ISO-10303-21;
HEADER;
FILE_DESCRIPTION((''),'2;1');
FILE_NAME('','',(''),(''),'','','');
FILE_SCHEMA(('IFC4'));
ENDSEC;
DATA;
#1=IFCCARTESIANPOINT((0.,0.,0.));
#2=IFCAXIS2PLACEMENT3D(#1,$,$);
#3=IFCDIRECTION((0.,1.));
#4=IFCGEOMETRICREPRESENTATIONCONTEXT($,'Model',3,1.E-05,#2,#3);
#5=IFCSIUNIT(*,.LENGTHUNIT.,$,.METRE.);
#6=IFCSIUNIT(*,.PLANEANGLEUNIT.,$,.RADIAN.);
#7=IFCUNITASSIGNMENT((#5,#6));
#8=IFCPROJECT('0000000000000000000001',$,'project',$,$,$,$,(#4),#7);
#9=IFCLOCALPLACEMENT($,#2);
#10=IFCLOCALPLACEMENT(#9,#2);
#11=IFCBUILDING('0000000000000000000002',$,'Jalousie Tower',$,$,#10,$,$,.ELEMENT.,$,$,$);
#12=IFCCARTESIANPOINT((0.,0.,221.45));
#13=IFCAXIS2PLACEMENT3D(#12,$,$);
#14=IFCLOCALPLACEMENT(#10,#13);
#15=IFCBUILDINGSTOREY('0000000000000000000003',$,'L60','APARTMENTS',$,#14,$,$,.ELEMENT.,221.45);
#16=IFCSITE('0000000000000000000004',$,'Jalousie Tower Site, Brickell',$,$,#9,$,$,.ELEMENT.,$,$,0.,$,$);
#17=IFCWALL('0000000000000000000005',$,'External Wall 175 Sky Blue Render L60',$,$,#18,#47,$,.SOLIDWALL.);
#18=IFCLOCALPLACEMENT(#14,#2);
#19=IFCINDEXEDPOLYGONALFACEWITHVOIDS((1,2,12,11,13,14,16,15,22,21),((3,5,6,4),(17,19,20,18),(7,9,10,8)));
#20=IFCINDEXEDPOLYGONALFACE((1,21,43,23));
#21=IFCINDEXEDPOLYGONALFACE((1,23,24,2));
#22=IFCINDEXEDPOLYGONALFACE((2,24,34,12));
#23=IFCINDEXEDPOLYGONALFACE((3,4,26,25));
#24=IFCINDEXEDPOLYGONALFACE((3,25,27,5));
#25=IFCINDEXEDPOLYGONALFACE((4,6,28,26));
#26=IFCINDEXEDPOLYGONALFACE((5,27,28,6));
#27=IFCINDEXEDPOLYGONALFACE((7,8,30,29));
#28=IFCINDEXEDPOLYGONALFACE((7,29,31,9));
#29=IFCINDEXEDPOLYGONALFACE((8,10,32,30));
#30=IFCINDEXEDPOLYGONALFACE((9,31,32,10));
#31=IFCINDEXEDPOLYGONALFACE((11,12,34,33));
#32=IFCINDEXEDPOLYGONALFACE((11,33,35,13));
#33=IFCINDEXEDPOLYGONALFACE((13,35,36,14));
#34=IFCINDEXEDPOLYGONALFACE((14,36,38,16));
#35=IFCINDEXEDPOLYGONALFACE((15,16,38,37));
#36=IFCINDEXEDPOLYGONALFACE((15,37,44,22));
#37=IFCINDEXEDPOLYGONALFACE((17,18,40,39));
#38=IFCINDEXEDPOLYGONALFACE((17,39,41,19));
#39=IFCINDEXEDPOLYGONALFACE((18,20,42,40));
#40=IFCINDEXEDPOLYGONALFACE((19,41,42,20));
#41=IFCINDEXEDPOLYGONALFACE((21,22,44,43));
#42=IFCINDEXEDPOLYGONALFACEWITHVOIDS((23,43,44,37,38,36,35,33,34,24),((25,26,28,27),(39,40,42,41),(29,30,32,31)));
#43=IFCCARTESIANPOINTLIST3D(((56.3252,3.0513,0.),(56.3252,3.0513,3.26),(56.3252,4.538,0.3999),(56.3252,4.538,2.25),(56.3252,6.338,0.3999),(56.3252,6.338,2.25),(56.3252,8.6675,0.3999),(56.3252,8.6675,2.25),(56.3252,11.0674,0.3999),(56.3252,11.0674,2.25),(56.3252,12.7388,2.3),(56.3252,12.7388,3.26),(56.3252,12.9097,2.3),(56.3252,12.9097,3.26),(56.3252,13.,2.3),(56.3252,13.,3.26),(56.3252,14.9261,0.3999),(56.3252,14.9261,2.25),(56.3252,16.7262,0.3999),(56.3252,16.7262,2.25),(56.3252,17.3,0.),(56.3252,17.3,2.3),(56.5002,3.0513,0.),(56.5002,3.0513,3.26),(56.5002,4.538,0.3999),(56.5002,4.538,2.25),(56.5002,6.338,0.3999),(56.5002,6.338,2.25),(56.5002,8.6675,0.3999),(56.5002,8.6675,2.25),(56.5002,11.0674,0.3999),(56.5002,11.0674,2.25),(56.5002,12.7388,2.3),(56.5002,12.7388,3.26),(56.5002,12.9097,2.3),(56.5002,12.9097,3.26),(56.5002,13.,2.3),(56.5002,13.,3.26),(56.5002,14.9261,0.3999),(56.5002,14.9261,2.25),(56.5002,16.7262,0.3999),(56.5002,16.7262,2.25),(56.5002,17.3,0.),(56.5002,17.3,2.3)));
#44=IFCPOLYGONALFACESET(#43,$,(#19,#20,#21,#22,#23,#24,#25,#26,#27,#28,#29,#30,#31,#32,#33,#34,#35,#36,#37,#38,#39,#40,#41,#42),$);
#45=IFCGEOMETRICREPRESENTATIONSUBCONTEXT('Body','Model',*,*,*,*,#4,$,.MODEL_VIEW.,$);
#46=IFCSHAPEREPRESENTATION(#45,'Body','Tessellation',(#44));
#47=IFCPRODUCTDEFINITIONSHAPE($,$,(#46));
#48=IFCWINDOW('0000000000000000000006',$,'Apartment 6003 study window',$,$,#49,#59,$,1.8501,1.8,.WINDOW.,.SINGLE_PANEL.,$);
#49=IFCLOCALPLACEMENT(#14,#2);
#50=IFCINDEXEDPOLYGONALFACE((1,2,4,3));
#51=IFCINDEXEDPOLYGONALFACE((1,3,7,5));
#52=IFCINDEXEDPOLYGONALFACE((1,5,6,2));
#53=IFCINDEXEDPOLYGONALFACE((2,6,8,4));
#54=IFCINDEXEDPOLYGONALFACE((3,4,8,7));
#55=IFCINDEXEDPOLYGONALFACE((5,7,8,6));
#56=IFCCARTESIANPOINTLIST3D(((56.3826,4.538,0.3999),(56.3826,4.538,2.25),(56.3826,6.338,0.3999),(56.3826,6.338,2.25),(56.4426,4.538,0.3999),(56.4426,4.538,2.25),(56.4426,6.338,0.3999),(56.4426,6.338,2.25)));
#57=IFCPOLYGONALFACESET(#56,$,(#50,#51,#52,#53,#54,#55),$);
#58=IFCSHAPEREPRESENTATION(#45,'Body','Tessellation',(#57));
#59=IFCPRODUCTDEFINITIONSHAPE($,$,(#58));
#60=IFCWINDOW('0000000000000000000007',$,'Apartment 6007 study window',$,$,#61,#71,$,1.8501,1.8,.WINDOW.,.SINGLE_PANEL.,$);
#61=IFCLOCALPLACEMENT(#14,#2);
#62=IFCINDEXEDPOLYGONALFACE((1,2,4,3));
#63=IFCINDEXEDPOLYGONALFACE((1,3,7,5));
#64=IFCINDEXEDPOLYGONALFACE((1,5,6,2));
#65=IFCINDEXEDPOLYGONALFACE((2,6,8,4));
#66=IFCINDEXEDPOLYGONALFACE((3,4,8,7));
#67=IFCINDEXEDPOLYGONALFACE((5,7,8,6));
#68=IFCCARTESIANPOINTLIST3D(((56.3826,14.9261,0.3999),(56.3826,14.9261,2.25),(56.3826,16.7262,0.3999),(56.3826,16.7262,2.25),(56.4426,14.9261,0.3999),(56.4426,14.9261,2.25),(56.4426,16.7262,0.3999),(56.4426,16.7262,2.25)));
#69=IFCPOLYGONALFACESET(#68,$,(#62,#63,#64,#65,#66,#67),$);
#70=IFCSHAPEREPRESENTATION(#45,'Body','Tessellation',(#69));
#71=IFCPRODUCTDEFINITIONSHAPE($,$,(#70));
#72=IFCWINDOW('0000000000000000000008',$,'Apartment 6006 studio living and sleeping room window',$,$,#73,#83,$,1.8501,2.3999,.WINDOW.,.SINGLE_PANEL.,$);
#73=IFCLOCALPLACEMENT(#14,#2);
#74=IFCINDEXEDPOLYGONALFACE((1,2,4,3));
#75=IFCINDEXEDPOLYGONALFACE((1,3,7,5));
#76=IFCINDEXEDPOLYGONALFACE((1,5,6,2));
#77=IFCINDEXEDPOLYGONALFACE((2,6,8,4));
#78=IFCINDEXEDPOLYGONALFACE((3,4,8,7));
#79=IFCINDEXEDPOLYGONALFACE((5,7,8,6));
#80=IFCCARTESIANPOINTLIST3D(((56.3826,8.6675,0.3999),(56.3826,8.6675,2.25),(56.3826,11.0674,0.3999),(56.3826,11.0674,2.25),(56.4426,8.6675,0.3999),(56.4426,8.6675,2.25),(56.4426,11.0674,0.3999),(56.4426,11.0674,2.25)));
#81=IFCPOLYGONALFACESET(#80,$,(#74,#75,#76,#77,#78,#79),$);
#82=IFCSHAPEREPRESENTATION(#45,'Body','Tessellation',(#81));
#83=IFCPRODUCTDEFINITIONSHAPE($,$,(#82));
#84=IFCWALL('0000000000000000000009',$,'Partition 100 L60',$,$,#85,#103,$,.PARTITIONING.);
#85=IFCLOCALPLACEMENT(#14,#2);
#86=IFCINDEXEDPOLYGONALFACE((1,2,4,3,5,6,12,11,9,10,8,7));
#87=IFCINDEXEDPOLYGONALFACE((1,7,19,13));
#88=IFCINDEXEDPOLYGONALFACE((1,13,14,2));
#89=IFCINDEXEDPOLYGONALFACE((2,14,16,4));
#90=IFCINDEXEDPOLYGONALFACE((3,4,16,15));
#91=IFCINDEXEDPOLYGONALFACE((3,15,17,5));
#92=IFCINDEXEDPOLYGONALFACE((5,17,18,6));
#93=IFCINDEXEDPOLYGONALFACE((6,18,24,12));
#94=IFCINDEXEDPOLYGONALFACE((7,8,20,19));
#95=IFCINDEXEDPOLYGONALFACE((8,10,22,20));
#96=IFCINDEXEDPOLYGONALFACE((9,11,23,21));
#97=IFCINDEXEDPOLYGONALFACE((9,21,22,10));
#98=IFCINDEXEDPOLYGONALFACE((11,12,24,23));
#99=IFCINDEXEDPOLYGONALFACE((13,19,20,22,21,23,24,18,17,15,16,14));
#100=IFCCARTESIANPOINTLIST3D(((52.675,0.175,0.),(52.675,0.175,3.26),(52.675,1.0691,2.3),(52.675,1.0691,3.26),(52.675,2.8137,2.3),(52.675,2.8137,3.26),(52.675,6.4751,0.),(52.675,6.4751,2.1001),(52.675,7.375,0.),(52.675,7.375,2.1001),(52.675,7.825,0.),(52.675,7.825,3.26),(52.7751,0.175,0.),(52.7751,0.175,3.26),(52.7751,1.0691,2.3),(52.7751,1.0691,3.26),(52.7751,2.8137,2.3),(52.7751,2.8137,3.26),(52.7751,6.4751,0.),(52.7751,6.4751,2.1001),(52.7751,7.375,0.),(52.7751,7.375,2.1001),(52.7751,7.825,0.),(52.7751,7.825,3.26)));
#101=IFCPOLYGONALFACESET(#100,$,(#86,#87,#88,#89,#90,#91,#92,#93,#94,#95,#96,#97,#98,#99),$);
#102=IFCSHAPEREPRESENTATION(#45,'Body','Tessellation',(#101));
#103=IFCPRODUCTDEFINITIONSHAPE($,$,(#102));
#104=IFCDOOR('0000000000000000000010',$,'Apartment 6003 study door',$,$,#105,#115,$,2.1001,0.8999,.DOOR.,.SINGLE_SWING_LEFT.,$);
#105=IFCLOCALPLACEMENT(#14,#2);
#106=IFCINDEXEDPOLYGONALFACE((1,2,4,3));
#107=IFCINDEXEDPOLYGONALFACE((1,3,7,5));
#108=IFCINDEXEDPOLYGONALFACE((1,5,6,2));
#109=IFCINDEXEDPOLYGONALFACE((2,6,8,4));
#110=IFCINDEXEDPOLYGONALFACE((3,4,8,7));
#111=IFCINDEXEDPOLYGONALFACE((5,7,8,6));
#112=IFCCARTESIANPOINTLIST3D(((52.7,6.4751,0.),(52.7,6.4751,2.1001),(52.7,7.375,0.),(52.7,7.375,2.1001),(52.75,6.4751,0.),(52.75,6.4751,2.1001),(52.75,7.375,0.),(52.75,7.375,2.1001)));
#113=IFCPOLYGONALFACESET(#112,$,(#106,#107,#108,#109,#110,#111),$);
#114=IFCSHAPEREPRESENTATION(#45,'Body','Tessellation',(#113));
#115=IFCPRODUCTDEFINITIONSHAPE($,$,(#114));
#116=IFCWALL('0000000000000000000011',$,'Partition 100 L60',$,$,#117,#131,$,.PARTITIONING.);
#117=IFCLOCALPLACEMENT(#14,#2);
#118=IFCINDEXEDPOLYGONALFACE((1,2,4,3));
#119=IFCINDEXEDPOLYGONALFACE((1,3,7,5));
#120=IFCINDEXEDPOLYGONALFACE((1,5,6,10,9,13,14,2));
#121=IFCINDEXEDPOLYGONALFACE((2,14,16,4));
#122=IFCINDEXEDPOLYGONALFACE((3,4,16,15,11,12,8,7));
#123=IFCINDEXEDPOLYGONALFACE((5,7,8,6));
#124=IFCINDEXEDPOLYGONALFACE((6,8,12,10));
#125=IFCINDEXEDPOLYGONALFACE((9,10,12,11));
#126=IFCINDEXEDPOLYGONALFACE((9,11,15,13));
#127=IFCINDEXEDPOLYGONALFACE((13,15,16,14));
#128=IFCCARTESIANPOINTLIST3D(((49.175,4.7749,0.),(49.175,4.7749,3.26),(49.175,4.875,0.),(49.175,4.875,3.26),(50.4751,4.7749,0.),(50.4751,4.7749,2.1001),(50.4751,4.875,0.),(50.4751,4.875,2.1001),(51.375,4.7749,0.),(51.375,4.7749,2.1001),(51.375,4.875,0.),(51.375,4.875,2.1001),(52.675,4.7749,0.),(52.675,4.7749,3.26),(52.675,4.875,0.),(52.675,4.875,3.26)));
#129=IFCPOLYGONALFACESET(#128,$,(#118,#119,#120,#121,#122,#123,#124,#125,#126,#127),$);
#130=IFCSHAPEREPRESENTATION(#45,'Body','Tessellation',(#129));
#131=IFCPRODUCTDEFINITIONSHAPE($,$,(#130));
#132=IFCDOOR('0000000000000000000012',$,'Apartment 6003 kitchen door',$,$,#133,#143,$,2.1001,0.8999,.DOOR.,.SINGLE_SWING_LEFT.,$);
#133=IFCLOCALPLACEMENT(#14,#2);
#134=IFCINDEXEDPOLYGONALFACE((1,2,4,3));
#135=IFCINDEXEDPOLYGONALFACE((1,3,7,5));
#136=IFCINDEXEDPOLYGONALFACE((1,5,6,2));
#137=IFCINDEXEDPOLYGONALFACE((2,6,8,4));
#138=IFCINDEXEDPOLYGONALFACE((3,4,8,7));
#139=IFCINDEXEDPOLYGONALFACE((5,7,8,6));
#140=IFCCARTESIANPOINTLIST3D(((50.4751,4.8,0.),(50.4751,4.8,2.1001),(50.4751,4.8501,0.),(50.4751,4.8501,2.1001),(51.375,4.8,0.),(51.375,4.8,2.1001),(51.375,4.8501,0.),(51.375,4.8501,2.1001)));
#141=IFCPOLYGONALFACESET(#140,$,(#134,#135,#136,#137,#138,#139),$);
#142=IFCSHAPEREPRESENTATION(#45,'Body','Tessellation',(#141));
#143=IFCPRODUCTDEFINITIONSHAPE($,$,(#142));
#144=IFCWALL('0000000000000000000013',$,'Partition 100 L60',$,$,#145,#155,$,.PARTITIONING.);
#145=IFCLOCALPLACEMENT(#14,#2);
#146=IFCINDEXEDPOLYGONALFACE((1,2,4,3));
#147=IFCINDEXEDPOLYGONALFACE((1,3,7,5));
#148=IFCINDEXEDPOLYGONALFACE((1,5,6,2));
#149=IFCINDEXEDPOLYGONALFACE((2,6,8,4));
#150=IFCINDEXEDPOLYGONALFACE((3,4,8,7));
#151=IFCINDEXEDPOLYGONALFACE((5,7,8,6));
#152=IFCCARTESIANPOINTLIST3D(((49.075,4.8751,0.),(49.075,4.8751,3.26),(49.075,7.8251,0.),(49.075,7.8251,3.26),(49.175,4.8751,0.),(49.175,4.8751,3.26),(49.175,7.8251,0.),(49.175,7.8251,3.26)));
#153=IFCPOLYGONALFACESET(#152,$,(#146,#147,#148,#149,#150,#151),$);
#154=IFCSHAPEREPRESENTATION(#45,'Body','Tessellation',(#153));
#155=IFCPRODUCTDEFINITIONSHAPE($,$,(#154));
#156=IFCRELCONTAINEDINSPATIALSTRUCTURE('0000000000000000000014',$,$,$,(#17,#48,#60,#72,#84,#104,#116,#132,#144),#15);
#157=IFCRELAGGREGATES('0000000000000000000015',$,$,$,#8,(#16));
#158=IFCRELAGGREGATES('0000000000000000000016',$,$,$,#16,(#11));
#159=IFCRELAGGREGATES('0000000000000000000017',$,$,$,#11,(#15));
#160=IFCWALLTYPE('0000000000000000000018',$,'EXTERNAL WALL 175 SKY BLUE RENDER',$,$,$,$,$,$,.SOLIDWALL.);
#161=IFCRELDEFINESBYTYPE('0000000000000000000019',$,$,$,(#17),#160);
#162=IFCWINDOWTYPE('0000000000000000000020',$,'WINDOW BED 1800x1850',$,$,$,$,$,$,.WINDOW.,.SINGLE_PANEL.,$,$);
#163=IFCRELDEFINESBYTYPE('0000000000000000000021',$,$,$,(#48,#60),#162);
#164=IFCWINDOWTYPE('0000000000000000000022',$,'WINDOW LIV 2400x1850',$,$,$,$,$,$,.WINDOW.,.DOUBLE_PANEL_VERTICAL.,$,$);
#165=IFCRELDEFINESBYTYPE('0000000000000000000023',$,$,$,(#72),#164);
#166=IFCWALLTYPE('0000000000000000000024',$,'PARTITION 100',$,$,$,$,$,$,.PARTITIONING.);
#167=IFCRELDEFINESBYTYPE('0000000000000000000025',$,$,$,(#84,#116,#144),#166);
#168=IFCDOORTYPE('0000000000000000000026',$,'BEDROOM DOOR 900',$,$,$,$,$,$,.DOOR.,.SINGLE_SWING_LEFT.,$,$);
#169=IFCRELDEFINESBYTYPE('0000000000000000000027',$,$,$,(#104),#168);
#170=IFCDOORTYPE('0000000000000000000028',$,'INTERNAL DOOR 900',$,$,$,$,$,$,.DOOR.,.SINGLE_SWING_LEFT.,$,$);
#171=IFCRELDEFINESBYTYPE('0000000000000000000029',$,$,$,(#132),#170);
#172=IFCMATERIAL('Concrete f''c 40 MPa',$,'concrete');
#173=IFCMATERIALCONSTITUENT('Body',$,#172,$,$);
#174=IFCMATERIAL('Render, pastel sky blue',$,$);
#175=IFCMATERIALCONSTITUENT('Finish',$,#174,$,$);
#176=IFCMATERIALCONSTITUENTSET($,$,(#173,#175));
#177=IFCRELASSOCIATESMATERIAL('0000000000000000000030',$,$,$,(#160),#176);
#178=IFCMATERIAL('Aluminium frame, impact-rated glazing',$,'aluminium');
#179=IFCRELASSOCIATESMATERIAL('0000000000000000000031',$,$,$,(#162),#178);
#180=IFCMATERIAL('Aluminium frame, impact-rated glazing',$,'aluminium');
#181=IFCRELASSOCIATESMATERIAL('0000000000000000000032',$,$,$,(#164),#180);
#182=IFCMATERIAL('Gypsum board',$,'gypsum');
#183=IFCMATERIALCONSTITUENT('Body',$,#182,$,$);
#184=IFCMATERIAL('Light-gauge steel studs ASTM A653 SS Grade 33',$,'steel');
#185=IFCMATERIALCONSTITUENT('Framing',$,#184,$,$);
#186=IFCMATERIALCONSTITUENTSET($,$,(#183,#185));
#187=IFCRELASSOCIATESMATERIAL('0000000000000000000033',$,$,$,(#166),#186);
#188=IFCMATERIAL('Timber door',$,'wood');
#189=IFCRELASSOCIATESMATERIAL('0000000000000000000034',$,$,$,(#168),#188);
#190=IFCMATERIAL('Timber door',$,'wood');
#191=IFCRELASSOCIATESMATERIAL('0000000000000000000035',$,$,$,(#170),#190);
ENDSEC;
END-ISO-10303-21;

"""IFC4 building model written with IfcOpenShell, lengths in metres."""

from ifc_helpers import new_model, si_unit, direction, frame, frame_2d, origin, place, context, subcontext, project, spatial, polyline, rectangle, outline, extrude, material, constituent, constituent_set, type_object, element, fill, save


model = new_model("IFC4")

# Units and contexts
model_context = context("Model", 3, precision=1e-05, world=origin(), true_north=direction((0.0, 1.0)))
body_context = subcontext(model_context, "Body", "Model", "MODEL_VIEW")
ifc_project = project(units=[si_unit("LENGTHUNIT", "METRE"), si_unit("PLANEANGLEUNIT", "RADIAN")], contexts=[model_context])

# Site, building, storey
site_placement = place(None, origin())
site = spatial("IfcSite", under=ifc_project, at=site_placement, Name="Jalousie Tower Site, Brickell", CompositionType="ELEMENT", RefElevation=0.0)
building_placement = place(site_placement, origin())
building = spatial("IfcBuilding", under=site, at=building_placement, Name="Jalousie Tower", CompositionType="ELEMENT")
storey_placement = place(building_placement, frame((0.0, 0.0, 221.45)))
storey = spatial("IfcBuildingStorey", under=building, at=storey_placement, Name="L60", Description="APARTMENTS", CompositionType="ELEMENT", Elevation=221.45)

# Wall, openings, windows
ifc_material_1 = material(Name="Concrete f'c 40 MPa", Category="concrete")
ifc_constituent_1 = constituent(ifc_material_1, Name="Body")
ifc_material_2 = material(Name="Render, pastel sky blue")
ifc_constituent_2 = constituent(ifc_material_2, Name="Finish")
ifc_constituent_set_1 = constituent_set(constituents=[ifc_constituent_1, ifc_constituent_2])
wall_type_1 = type_object("IfcWallType", Name="EXTERNAL WALL 175 SKY BLUE RENDER", PredefinedType="SOLIDWALL", material=ifc_constituent_set_1)
wall_1_placement = place(storey_placement, frame((56.4126, 3.0513, 0.0), z_axis=(0.0, 0.0, 1.0), x_axis=(0.0, 1.0, 0.0)))
wall_1 = element("IfcWall", 1, at=wall_1_placement, inside=storey, type_object=wall_type_1, Name="External Wall 175 Sky Blue Render L60", PredefinedType="SOLIDWALL", context=body_context, shape_type="SweptSolid", body=[
    extrude(outline(polyline([(0.0, 0.0), (14.2488, 0.0), (14.2488, 2.3), (9.9487, 2.3), (9.9487, 3.26), (9.8584, 3.26), (9.8584, 2.3), (9.6875, 2.3), (9.6875, 3.26), (0.0, 3.26), (0.0, 0.0)])), frame((0.0, 0.0874, 0.0), z_axis=(0.0, -1.0, 0.0), x_axis=(1.0, 0.0, 0.0)), (0.0, 0.0, 1.0), 0.175),
])
opening_1_placement = place(wall_1_placement, frame((1.4868, 0.0, 0.3999)))
opening_1 = element("IfcOpeningElement", 2, at=opening_1_placement, cuts=wall_1, PredefinedType="OPENING", context=body_context, shape_type="SweptSolid", body=[
    extrude(rectangle(XDim=1.8, YDim=1.8501, at=frame_2d((0.8999, 0.925))), frame((0.0, 0.0974, 0.0), z_axis=(0.0, -1.0, 0.0), x_axis=(1.0, 0.0, 0.0)), (0.0, 0.0, 1.0), 0.1951),
])
opening_2_placement = place(wall_1_placement, frame((5.6162, 0.0, 0.3999)))
opening_2 = element("IfcOpeningElement", 3, at=opening_2_placement, cuts=wall_1, PredefinedType="OPENING", context=body_context, shape_type="SweptSolid", body=[
    extrude(rectangle(XDim=2.3999, YDim=1.8501, at=frame_2d((1.2, 0.925))), frame((0.0, 0.0974, 0.0), z_axis=(0.0, -1.0, 0.0), x_axis=(1.0, 0.0, 0.0)), (0.0, 0.0, 1.0), 0.1951),
])
opening_3_placement = place(wall_1_placement, frame((11.875, 0.0, 0.3999)))
opening_3 = element("IfcOpeningElement", 4, at=opening_3_placement, cuts=wall_1, PredefinedType="OPENING", context=body_context, shape_type="SweptSolid", body=[
    extrude(rectangle(XDim=1.8, YDim=1.8501, at=frame_2d((0.8999, 0.925))), frame((0.0, 0.0974, 0.0), z_axis=(0.0, -1.0, 0.0), x_axis=(1.0, 0.0, 0.0)), (0.0, 0.0, 1.0), 0.1951),
])
ifc_material_3 = material(Name="Aluminium frame, impact-rated glazing", Category="aluminium")
window_type_1 = type_object("IfcWindowType", Name="WINDOW BED 1800x1850", PartitioningType="SINGLE_PANEL", PredefinedType="WINDOW", material=ifc_material_3)
window_1_placement = place(opening_1_placement, origin())
window_1 = element("IfcWindow", 5, at=window_1_placement, inside=storey, type_object=window_type_1, Name="Apartment 6003 study window", OverallHeight=1.8501, OverallWidth=1.8, PartitioningType="SINGLE_PANEL", PredefinedType="WINDOW", context=body_context, shape_type="SweptSolid", body=[
    extrude(rectangle(XDim=1.8, YDim=1.8501, at=frame_2d((0.8999, 0.925))), frame((0.0, 0.03, 0.0), z_axis=(0.0, -1.0, 0.0), x_axis=(1.0, 0.0, 0.0)), (0.0, 0.0, 1.0), 0.0601),
])
fill(opening_1, window_1)
window_2_placement = place(opening_3_placement, origin())
window_2 = element("IfcWindow", 6, at=window_2_placement, inside=storey, type_object=window_type_1, Name="Apartment 6007 study window", OverallHeight=1.8501, OverallWidth=1.8, PartitioningType="SINGLE_PANEL", PredefinedType="WINDOW", context=body_context, shape_type="SweptSolid", body=[
    extrude(rectangle(XDim=1.8, YDim=1.8501, at=frame_2d((0.8999, 0.925))), frame((0.0, 0.03, 0.0), z_axis=(0.0, -1.0, 0.0), x_axis=(1.0, 0.0, 0.0)), (0.0, 0.0, 1.0), 0.0601),
])
fill(opening_3, window_2)
ifc_material_4 = material(Name="Aluminium frame, impact-rated glazing", Category="aluminium")
window_type_2 = type_object("IfcWindowType", Name="WINDOW LIV 2400x1850", PartitioningType="DOUBLE_PANEL_VERTICAL", PredefinedType="WINDOW", material=ifc_material_4)
window_3_placement = place(opening_2_placement, origin())
window_3 = element("IfcWindow", 7, at=window_3_placement, inside=storey, type_object=window_type_2, Name="Apartment 6006 studio living and sleeping room window", OverallHeight=1.8501, OverallWidth=2.3999, PartitioningType="SINGLE_PANEL", PredefinedType="WINDOW", context=body_context, shape_type="SweptSolid", body=[
    extrude(rectangle(XDim=2.3999, YDim=1.8501, at=frame_2d((1.2, 0.925))), frame((0.0, 0.03, 0.0), z_axis=(0.0, -1.0, 0.0), x_axis=(1.0, 0.0, 0.0)), (0.0, 0.0, 1.0), 0.0601),
])
fill(opening_2, window_3)

# Walls, openings, doors
ifc_material_5 = material(Name="Gypsum board", Category="gypsum")
ifc_constituent_3 = constituent(ifc_material_5, Name="Body")
ifc_material_6 = material(Name="Light-gauge steel studs ASTM A653 SS Grade 33", Category="steel")
ifc_constituent_4 = constituent(ifc_material_6, Name="Framing")
ifc_constituent_set_2 = constituent_set(constituents=[ifc_constituent_3, ifc_constituent_4])
wall_type_2 = type_object("IfcWallType", Name="PARTITION 100", PredefinedType="PARTITIONING", material=ifc_constituent_set_2)
wall_2_placement = place(storey_placement, frame((52.7251, 0.175, 0.0), z_axis=(0.0, 0.0, 1.0), x_axis=(0.0, 1.0, 0.0)))
wall_2 = element("IfcWall", 8, at=wall_2_placement, inside=storey, type_object=wall_type_2, Name="Partition 100 L60", PredefinedType="PARTITIONING", context=body_context, shape_type="SweptSolid", body=[
    extrude(outline(polyline([(0.0, 0.0), (7.6499, 0.0), (7.6499, 3.26), (2.6387, 3.26), (2.6387, 2.3), (0.894, 2.3), (0.894, 3.26), (0.0, 3.26), (0.0, 0.0)])), frame((0.0, 0.05, 0.0), z_axis=(0.0, -1.0, 0.0), x_axis=(1.0, 0.0, 0.0)), (0.0, 0.0, 1.0), 0.1001),
])
opening_4_placement = place(wall_2_placement, frame((6.3, 0.0, 0.0)))
opening_4 = element("IfcOpeningElement", 9, at=opening_4_placement, cuts=wall_2, PredefinedType="OPENING", context=body_context, shape_type="SweptSolid", body=[
    extrude(rectangle(XDim=0.8999, YDim=2.1001, at=frame_2d((0.45, 1.05))), frame((0.0, 0.0601, 0.0), z_axis=(0.0, -1.0, 0.0), x_axis=(1.0, 0.0, 0.0)), (0.0, 0.0, 1.0), 0.1201),
])
ifc_material_7 = material(Name="Timber door", Category="wood")
door_type_1 = type_object("IfcDoorType", Name="BEDROOM DOOR 900", OperationType="SINGLE_SWING_LEFT", PredefinedType="DOOR", material=ifc_material_7)
door_1_placement = place(opening_4_placement, frame((0.8999, 0.0, 0.0), z_axis=(0.0, 0.0, 1.0), x_axis=(-1.0, 0.0, 0.0)))
door_1 = element("IfcDoor", 10, at=door_1_placement, inside=storey, type_object=door_type_1, Name="Apartment 6003 study door", OperationType="SINGLE_SWING_LEFT", OverallHeight=2.1001, OverallWidth=0.8999, PredefinedType="DOOR", context=body_context, shape_type="SweptSolid", body=[
    extrude(rectangle(XDim=0.8999, YDim=2.1001, at=frame_2d((0.45, 1.05))), frame((0.0, 0.0249, 0.0), z_axis=(0.0, -1.0, 0.0), x_axis=(1.0, 0.0, 0.0)), (0.0, 0.0, 1.0), 0.05),
])
fill(opening_4, door_1)
wall_3_placement = place(storey_placement, frame((49.175, 4.825, 0.0), z_axis=(0.0, 0.0, 1.0), x_axis=(1.0, 0.0, 0.0)))
wall_3 = element("IfcWall", 11, at=wall_3_placement, inside=storey, type_object=wall_type_2, Name="Partition 100 L60", PredefinedType="PARTITIONING", context=body_context, shape_type="SweptSolid", body=[
    extrude(rectangle(XDim=3.5, YDim=0.1001, at=frame_2d((1.75, 0.0))), origin(), (0.0, 0.0, 1.0), 3.26),
])
opening_5_placement = place(wall_3_placement, frame((1.3, 0.0, 0.0)))
opening_5 = element("IfcOpeningElement", 12, at=opening_5_placement, cuts=wall_3, PredefinedType="OPENING", context=body_context, shape_type="SweptSolid", body=[
    extrude(rectangle(XDim=0.8999, YDim=2.1001, at=frame_2d((0.45, 1.05))), frame((0.0, 0.0601, 0.0), z_axis=(0.0, -1.0, 0.0), x_axis=(1.0, 0.0, 0.0)), (0.0, 0.0, 1.0), 0.1201),
])
ifc_material_8 = material(Name="Timber door", Category="wood")
door_type_2 = type_object("IfcDoorType", Name="INTERNAL DOOR 900", OperationType="SINGLE_SWING_LEFT", PredefinedType="DOOR", material=ifc_material_8)
door_2_placement = place(opening_5_placement, frame((0.8999, 0.0, 0.0), z_axis=(0.0, 0.0, 1.0), x_axis=(-1.0, 0.0, 0.0)))
door_2 = element("IfcDoor", 13, at=door_2_placement, inside=storey, type_object=door_type_2, Name="Apartment 6003 kitchen door", OperationType="SINGLE_SWING_LEFT", OverallHeight=2.1001, OverallWidth=0.8999, PredefinedType="DOOR", context=body_context, shape_type="SweptSolid", body=[
    extrude(rectangle(XDim=0.8999, YDim=2.1001, at=frame_2d((0.45, 1.05))), frame((0.0, 0.0249, 0.0), z_axis=(0.0, -1.0, 0.0), x_axis=(1.0, 0.0, 0.0)), (0.0, 0.0, 1.0), 0.05),
])
fill(opening_5, door_2)

# Wall
wall_4_placement = place(storey_placement, frame((49.125, 4.875, 0.0), z_axis=(0.0, 0.0, 1.0), x_axis=(0.0, 1.0, 0.0)))
element("IfcWall", 14, at=wall_4_placement, inside=storey, type_object=wall_type_2, Name="Partition 100 L60", PredefinedType="PARTITIONING", context=body_context, shape_type="SweptSolid", body=[
    extrude(rectangle(XDim=2.95, YDim=0.1001, at=frame_2d((1.4751, 0.0))), origin(), (0.0, 0.0, 1.0), 3.26),
])

save(model, "model.ifc")
